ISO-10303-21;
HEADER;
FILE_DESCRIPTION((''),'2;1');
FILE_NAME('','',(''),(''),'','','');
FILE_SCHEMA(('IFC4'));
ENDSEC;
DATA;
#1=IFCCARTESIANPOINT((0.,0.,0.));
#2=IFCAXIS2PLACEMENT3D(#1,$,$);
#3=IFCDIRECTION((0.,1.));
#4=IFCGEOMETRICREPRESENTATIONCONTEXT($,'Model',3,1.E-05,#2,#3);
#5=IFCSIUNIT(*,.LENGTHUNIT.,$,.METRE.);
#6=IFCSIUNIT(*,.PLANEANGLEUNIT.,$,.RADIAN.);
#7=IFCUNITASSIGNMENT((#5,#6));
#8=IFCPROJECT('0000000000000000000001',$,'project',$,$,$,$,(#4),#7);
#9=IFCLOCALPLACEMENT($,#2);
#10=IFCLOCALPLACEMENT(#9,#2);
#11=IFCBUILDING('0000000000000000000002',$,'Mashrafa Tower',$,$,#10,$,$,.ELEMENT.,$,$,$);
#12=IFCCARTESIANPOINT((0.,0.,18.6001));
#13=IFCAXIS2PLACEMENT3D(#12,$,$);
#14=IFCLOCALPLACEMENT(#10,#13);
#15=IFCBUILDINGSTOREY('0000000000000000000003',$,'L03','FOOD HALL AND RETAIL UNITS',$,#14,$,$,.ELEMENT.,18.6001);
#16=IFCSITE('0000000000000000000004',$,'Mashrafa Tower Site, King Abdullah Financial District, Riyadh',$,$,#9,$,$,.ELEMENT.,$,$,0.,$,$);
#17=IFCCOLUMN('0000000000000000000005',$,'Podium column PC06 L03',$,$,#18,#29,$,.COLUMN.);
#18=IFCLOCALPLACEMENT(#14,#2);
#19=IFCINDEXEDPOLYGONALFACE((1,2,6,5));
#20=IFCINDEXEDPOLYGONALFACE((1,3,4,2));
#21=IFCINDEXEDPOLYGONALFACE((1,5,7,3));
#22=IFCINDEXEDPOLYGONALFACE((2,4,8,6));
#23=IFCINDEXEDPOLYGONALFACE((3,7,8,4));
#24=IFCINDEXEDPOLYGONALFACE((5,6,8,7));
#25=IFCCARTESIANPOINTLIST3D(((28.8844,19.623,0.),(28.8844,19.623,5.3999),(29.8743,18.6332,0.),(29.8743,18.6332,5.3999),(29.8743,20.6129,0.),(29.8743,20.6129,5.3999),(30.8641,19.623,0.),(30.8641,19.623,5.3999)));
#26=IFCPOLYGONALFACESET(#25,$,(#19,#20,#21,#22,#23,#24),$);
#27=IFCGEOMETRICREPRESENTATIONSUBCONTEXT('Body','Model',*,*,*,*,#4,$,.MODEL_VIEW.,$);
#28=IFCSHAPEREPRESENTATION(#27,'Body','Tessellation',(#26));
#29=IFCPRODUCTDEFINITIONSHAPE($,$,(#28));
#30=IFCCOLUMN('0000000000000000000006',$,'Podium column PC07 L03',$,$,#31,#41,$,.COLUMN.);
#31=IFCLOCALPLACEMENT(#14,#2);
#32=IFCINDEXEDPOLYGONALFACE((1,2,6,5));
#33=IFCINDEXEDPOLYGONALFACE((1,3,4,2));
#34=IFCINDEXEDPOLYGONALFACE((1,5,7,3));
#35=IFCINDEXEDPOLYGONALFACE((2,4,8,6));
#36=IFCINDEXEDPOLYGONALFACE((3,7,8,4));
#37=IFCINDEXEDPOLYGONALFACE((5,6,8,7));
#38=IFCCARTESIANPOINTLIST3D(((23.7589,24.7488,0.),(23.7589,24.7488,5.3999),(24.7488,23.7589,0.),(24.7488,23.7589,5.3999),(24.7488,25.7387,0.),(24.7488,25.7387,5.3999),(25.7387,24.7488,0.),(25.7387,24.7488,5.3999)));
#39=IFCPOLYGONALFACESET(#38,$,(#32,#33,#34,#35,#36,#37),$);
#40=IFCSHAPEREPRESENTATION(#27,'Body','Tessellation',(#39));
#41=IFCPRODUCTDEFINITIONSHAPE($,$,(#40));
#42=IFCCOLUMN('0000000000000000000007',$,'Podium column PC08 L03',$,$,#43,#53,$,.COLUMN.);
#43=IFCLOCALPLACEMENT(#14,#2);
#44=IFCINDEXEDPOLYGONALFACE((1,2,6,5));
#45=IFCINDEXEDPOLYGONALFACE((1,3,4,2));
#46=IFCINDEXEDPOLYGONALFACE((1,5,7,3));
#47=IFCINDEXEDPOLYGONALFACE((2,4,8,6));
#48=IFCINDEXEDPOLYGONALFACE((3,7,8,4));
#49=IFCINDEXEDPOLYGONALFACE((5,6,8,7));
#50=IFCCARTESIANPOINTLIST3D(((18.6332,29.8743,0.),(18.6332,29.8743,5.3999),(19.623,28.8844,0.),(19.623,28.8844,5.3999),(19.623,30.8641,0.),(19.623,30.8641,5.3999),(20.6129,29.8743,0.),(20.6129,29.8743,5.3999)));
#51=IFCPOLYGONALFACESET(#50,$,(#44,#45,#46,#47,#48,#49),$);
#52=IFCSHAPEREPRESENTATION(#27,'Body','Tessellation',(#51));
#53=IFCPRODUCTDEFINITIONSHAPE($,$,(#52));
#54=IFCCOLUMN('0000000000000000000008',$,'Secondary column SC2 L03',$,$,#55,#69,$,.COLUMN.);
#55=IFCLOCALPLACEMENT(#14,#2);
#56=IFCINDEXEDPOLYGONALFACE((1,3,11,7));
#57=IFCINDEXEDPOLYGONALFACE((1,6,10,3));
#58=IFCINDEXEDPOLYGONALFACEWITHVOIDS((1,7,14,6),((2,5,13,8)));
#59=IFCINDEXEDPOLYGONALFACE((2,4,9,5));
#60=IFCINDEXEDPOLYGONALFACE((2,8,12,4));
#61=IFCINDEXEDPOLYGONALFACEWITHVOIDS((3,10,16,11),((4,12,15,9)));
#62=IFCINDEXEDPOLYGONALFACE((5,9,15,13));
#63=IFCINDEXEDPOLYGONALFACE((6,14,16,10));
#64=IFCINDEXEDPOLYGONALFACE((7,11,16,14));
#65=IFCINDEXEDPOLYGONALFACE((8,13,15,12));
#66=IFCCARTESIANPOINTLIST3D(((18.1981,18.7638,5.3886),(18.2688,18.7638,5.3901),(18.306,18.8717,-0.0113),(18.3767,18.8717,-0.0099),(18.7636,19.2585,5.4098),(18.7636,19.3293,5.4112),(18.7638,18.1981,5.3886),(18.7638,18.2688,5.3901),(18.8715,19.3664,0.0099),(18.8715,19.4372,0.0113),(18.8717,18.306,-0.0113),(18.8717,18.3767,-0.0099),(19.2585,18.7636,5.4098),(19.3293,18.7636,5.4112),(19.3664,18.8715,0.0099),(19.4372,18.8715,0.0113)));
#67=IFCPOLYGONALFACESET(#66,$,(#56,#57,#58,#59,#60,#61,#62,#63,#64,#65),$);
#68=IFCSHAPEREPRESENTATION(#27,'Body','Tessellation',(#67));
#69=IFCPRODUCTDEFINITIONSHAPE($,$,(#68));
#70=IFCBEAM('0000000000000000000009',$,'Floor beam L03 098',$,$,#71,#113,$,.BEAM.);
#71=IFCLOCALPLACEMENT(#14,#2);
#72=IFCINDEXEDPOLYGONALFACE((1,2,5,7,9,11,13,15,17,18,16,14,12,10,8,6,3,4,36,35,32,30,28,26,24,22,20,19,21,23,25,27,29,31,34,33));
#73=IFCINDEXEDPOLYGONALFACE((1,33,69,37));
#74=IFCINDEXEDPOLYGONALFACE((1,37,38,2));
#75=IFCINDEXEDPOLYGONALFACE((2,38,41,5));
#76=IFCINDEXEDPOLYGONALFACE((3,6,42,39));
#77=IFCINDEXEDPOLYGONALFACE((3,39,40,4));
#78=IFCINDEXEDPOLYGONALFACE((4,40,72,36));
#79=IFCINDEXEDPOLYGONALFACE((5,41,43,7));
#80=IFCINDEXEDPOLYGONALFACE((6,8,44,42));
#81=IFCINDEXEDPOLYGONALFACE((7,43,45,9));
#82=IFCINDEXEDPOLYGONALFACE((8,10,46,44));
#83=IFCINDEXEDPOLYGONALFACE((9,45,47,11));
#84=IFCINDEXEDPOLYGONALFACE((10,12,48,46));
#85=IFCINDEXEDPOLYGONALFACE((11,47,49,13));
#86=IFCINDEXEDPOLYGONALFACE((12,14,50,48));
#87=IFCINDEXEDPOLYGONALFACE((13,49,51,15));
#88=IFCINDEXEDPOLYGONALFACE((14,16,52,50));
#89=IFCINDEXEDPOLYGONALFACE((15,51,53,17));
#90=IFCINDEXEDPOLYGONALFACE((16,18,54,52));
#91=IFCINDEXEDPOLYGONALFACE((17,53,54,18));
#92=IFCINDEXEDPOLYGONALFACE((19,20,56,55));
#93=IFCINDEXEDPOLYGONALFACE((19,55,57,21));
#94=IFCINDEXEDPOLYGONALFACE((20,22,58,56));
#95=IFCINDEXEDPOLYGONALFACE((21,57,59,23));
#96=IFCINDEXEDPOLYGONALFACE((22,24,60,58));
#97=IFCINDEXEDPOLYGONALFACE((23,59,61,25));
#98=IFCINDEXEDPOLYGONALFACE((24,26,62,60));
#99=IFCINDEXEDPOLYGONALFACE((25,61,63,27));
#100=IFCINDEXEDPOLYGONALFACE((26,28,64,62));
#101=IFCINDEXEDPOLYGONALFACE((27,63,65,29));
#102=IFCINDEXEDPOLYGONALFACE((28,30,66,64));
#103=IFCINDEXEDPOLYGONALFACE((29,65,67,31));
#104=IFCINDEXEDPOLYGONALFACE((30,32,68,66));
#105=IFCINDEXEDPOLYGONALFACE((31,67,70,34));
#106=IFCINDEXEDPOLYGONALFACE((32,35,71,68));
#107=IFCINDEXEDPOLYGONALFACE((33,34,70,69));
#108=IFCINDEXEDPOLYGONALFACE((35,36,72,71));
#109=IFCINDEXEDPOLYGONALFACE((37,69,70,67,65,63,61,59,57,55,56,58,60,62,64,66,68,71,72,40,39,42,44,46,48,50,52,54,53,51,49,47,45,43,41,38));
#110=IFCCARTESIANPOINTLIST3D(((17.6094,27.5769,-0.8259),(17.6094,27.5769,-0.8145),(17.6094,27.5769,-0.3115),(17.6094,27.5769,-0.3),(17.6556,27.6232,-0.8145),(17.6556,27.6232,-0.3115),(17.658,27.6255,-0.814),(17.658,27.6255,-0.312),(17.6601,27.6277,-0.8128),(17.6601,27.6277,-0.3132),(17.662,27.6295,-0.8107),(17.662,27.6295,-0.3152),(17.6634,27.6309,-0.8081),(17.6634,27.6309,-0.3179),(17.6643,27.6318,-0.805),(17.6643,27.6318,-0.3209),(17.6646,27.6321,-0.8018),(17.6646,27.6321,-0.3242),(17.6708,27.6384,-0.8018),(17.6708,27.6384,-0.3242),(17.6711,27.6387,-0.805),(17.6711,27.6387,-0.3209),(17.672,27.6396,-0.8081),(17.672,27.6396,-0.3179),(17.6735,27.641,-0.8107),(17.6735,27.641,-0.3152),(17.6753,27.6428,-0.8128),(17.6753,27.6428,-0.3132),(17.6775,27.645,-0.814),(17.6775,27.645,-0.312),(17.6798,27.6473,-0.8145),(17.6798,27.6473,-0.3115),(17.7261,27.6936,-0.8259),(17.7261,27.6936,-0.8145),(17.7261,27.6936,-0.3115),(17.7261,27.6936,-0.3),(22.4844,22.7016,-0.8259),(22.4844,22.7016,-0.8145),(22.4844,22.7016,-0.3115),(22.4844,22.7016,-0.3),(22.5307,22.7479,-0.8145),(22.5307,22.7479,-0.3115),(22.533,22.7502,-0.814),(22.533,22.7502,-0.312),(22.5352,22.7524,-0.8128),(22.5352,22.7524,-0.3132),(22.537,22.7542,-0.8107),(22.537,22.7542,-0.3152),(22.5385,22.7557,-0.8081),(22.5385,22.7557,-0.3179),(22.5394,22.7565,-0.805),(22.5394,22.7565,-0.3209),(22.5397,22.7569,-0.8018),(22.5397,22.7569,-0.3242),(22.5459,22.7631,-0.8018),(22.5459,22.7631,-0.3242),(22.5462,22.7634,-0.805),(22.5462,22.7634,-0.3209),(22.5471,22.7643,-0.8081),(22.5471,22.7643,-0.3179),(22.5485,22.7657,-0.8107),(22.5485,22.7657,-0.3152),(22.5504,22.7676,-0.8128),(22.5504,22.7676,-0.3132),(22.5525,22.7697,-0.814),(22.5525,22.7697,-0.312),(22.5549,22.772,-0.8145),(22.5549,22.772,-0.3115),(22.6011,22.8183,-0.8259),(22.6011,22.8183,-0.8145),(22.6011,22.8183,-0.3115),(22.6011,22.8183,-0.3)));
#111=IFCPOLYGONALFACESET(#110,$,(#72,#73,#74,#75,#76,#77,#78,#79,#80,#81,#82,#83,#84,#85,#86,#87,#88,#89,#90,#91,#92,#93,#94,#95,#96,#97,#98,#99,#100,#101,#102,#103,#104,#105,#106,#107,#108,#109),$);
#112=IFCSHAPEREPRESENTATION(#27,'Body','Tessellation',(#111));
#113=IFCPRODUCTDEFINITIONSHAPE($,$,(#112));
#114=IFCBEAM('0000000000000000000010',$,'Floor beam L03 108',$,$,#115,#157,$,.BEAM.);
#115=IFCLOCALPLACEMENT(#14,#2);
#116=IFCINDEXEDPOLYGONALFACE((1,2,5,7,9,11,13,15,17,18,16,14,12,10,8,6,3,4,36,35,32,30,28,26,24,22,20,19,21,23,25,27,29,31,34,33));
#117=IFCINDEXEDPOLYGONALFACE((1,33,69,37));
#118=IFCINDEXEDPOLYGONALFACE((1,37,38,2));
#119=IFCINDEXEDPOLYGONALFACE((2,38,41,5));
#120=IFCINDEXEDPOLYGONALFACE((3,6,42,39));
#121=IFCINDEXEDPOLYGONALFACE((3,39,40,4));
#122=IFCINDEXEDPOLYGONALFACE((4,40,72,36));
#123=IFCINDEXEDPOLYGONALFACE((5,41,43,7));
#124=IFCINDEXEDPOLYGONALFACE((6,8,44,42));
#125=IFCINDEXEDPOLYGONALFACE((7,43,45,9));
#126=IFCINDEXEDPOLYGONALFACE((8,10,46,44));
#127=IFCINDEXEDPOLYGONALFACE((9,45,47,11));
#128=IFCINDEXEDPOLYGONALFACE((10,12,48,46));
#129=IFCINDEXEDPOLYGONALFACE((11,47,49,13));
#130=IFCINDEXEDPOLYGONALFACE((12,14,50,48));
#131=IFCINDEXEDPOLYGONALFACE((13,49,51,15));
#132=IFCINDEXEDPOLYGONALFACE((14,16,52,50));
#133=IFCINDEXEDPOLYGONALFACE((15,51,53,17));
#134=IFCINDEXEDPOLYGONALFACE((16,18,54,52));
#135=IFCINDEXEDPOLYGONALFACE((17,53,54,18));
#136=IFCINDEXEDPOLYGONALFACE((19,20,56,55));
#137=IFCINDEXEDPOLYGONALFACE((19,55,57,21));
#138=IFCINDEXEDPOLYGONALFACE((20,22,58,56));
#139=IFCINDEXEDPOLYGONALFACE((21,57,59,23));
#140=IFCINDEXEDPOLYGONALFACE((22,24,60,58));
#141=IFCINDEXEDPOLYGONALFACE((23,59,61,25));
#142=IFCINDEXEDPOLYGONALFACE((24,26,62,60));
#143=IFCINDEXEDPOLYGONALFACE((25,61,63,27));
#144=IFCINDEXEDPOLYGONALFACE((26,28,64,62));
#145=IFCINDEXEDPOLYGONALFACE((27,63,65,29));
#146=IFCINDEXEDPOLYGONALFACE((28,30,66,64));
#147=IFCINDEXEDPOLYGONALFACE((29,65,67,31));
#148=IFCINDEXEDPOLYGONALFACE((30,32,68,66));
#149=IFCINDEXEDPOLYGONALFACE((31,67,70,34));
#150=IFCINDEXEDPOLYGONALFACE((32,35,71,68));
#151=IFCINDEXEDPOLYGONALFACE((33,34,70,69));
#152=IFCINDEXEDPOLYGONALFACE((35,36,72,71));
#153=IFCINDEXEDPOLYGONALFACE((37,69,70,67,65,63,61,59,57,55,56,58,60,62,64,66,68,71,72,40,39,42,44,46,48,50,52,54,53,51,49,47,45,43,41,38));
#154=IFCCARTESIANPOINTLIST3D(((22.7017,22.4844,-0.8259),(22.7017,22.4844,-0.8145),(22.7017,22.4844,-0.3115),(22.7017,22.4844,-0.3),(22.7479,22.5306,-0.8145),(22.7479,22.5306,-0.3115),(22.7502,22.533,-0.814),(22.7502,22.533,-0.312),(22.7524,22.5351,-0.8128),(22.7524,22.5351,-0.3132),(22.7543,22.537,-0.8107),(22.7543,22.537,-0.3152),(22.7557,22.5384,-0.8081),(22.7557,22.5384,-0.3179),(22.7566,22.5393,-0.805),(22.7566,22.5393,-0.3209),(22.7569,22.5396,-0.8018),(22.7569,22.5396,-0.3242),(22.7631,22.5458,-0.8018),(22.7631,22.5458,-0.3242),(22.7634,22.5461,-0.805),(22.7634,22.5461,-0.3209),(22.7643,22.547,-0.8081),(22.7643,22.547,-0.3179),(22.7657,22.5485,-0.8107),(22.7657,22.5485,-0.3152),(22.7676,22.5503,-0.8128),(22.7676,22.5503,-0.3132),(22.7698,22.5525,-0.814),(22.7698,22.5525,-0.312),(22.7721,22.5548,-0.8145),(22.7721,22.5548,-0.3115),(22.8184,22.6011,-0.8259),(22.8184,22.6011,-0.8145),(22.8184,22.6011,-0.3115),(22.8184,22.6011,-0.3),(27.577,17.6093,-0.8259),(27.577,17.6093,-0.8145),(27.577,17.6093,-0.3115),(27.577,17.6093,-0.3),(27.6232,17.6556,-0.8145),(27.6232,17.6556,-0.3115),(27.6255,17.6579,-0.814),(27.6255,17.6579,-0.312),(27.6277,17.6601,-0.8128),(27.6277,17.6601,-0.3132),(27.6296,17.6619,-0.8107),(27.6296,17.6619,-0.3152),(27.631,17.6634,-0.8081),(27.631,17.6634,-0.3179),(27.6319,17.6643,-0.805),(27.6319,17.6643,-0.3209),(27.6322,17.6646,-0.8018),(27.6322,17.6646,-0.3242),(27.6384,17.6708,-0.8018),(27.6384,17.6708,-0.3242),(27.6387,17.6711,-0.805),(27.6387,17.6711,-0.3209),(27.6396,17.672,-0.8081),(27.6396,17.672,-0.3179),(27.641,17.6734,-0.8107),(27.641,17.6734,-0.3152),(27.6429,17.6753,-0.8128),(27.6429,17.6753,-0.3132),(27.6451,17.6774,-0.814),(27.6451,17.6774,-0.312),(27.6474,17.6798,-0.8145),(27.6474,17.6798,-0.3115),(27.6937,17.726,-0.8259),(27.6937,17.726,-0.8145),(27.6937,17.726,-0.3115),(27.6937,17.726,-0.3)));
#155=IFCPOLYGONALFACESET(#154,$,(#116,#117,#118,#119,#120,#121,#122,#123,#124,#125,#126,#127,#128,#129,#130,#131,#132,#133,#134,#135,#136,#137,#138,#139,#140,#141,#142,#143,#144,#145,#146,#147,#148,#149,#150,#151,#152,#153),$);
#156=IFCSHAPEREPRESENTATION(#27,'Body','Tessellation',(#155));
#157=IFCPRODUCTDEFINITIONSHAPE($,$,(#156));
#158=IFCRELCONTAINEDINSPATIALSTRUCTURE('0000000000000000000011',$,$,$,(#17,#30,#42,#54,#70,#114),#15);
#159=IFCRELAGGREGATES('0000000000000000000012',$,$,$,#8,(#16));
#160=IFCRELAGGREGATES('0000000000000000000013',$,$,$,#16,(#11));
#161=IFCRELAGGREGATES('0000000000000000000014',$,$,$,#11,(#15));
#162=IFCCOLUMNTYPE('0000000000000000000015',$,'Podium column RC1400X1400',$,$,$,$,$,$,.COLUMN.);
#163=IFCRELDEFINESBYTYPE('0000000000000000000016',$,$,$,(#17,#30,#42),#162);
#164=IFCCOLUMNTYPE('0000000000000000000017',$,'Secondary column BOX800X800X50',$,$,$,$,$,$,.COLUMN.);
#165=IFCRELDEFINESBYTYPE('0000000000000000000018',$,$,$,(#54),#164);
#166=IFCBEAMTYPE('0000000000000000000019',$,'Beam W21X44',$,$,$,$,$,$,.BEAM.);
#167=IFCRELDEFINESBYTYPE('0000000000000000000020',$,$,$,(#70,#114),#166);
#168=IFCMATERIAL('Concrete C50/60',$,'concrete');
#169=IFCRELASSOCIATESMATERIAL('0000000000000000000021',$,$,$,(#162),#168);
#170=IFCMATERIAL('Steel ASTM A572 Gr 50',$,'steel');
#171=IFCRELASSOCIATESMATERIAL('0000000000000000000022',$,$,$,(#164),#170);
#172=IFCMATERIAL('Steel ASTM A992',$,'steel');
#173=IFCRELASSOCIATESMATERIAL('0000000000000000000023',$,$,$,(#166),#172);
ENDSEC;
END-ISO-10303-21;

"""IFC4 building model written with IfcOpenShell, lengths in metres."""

from ifc_helpers import new_model, si_unit, direction, frame, origin, origin_2d, place, context, subcontext, project, spatial, rectangle, hollow_rectangle, i_section, extrude, material, material_profile, profile_set, type_object, element, save


model = new_model("IFC4")

# Units and contexts
model_context = context("Model", 3, precision=1e-05, world=origin(), true_north=direction((0.0, 1.0)))
body_context = subcontext(model_context, "Body", "Model", "MODEL_VIEW")
ifc_project = project(units=[si_unit("LENGTHUNIT", "METRE"), si_unit("PLANEANGLEUNIT", "RADIAN")], contexts=[model_context])

# Site, building, storey
site_placement = place(None, origin())
site = spatial("IfcSite", under=ifc_project, at=site_placement, Name="Mashrafa Tower Site, King Abdullah Financial District, Riyadh", CompositionType="ELEMENT", RefElevation=0.0)
building_placement = place(site_placement, origin())
building = spatial("IfcBuilding", under=site, at=building_placement, Name="Mashrafa Tower", CompositionType="ELEMENT")
storey_placement = place(building_placement, frame((0.0, 0.0, 18.6001)))
storey = spatial("IfcBuildingStorey", under=building, at=storey_placement, Name="L03", Description="FOOD HALL AND RETAIL UNITS", CompositionType="ELEMENT", Elevation=18.6001)

# Columns
ifc_material_1 = material(Name="Concrete C50/60", Category="concrete")
ifc_material_profile_1 = material_profile(ifc_material_1, rectangle(XDim=1.3999, YDim=1.3999, at=origin_2d()), Name="RC1400X1400")
ifc_profile_set_1 = profile_set([ifc_material_profile_1], Name="Concrete C50/60")
column_type_1 = type_object("IfcColumnType", Name="Podium column RC1400X1400", PredefinedType="COLUMN", material=ifc_profile_set_1)
for number, where, z_axis, x_axis, name in (
    (1, (29.8743, 19.623, 0.0), (0.0, 0.0, 1.0), (0.707107, 0.707107, 0.0), "Podium column PC06 L03"),
    (2, (24.7488, 24.7488, 0.0), (0.0, 0.0, 1.0), (0.707107, 0.707107, 0.0), "Podium column PC07 L03"),
    (3, (19.623, 29.8743, 0.0), (0.0, 0.0, 1.0), (0.707107, 0.707107, 0.0), "Podium column PC08 L03"),
):
    element("IfcColumn", number, at=place(storey_placement, frame(where, z_axis=z_axis, x_axis=x_axis)), inside=storey, type_object=column_type_1, Name=name, PredefinedType="COLUMN", context=body_context, shape_type="SweptSolid", body=[
        extrude(rectangle(XDim=1.3999, YDim=1.3999, at=origin_2d()), origin(), (0.0, 0.0, 1.0), 5.3999),
    ])
ifc_material_2 = material(Name="Steel ASTM A572 Gr 50", Category="steel")
ifc_material_profile_2 = material_profile(ifc_material_2, hollow_rectangle(XDim=0.8, YDim=0.8, WallThickness=0.05, at=origin_2d()), Name="BOX800X800X50")
ifc_profile_set_2 = profile_set([ifc_material_profile_2], Name="Steel ASTM A572 Gr 50")
column_type_2 = type_object("IfcColumnType", Name="Secondary column BOX800X800X50", PredefinedType="COLUMN", material=ifc_profile_set_2)
column_placement = place(storey_placement, frame((18.8716, 18.8716, 0.0), z_axis=(-0.019976, -0.019976, 0.999601), x_axis=(0.707107, -0.707107, 0.0)))
element("IfcColumn", 4, at=column_placement, inside=storey, type_object=column_type_2, Name="Secondary column SC2 L03", PredefinedType="COLUMN", context=body_context, shape_type="SweptSolid", body=[
    extrude(hollow_rectangle(XDim=0.8, YDim=0.8, WallThickness=0.05, at=origin_2d()), origin(), (0.0, 0.0, 1.0), 5.4021),
])

# Beams
ifc_material_3 = material(Name="Steel ASTM A992", Category="steel")
ifc_material_profile_3 = material_profile(ifc_material_3, i_section(OverallWidth=0.165, OverallDepth=0.5259, WebThickness=0.0088, FlangeThickness=0.0115, FilletRadius=0.0127, at=origin_2d()), Name="W21X44")
ifc_profile_set_3 = profile_set([ifc_material_profile_3], Name="Steel ASTM A992")
beam_type_1 = type_object("IfcBeamType", Name="Beam W21X44", PredefinedType="BEAM", material=ifc_profile_set_3)
for number, where, z_axis, x_axis, name in (
    (5, (17.6677, 27.6353, -0.563), (0.707089, -0.707124, 0.0), (0.707124, 0.707089, 0.0), "Floor beam L03 098"),
    (6, (22.76, 22.5427, -0.563), (0.707124, -0.707089, 0.0), (0.707089, 0.707124, 0.0), "Floor beam L03 108"),
):
    element("IfcBeam", number, at=place(storey_placement, frame(where, z_axis=z_axis, x_axis=x_axis)), inside=storey, type_object=beam_type_1, Name=name, PredefinedType="BEAM", context=body_context, shape_type="SweptSolid", body=[
        extrude(i_section(OverallWidth=0.165, OverallDepth=0.5259, WebThickness=0.0088, FlangeThickness=0.0115, FilletRadius=0.0127, at=origin_2d()), origin(), (0.0, 0.0, 1.0), 6.8945),
    ])

save(model, "model.ifc")
